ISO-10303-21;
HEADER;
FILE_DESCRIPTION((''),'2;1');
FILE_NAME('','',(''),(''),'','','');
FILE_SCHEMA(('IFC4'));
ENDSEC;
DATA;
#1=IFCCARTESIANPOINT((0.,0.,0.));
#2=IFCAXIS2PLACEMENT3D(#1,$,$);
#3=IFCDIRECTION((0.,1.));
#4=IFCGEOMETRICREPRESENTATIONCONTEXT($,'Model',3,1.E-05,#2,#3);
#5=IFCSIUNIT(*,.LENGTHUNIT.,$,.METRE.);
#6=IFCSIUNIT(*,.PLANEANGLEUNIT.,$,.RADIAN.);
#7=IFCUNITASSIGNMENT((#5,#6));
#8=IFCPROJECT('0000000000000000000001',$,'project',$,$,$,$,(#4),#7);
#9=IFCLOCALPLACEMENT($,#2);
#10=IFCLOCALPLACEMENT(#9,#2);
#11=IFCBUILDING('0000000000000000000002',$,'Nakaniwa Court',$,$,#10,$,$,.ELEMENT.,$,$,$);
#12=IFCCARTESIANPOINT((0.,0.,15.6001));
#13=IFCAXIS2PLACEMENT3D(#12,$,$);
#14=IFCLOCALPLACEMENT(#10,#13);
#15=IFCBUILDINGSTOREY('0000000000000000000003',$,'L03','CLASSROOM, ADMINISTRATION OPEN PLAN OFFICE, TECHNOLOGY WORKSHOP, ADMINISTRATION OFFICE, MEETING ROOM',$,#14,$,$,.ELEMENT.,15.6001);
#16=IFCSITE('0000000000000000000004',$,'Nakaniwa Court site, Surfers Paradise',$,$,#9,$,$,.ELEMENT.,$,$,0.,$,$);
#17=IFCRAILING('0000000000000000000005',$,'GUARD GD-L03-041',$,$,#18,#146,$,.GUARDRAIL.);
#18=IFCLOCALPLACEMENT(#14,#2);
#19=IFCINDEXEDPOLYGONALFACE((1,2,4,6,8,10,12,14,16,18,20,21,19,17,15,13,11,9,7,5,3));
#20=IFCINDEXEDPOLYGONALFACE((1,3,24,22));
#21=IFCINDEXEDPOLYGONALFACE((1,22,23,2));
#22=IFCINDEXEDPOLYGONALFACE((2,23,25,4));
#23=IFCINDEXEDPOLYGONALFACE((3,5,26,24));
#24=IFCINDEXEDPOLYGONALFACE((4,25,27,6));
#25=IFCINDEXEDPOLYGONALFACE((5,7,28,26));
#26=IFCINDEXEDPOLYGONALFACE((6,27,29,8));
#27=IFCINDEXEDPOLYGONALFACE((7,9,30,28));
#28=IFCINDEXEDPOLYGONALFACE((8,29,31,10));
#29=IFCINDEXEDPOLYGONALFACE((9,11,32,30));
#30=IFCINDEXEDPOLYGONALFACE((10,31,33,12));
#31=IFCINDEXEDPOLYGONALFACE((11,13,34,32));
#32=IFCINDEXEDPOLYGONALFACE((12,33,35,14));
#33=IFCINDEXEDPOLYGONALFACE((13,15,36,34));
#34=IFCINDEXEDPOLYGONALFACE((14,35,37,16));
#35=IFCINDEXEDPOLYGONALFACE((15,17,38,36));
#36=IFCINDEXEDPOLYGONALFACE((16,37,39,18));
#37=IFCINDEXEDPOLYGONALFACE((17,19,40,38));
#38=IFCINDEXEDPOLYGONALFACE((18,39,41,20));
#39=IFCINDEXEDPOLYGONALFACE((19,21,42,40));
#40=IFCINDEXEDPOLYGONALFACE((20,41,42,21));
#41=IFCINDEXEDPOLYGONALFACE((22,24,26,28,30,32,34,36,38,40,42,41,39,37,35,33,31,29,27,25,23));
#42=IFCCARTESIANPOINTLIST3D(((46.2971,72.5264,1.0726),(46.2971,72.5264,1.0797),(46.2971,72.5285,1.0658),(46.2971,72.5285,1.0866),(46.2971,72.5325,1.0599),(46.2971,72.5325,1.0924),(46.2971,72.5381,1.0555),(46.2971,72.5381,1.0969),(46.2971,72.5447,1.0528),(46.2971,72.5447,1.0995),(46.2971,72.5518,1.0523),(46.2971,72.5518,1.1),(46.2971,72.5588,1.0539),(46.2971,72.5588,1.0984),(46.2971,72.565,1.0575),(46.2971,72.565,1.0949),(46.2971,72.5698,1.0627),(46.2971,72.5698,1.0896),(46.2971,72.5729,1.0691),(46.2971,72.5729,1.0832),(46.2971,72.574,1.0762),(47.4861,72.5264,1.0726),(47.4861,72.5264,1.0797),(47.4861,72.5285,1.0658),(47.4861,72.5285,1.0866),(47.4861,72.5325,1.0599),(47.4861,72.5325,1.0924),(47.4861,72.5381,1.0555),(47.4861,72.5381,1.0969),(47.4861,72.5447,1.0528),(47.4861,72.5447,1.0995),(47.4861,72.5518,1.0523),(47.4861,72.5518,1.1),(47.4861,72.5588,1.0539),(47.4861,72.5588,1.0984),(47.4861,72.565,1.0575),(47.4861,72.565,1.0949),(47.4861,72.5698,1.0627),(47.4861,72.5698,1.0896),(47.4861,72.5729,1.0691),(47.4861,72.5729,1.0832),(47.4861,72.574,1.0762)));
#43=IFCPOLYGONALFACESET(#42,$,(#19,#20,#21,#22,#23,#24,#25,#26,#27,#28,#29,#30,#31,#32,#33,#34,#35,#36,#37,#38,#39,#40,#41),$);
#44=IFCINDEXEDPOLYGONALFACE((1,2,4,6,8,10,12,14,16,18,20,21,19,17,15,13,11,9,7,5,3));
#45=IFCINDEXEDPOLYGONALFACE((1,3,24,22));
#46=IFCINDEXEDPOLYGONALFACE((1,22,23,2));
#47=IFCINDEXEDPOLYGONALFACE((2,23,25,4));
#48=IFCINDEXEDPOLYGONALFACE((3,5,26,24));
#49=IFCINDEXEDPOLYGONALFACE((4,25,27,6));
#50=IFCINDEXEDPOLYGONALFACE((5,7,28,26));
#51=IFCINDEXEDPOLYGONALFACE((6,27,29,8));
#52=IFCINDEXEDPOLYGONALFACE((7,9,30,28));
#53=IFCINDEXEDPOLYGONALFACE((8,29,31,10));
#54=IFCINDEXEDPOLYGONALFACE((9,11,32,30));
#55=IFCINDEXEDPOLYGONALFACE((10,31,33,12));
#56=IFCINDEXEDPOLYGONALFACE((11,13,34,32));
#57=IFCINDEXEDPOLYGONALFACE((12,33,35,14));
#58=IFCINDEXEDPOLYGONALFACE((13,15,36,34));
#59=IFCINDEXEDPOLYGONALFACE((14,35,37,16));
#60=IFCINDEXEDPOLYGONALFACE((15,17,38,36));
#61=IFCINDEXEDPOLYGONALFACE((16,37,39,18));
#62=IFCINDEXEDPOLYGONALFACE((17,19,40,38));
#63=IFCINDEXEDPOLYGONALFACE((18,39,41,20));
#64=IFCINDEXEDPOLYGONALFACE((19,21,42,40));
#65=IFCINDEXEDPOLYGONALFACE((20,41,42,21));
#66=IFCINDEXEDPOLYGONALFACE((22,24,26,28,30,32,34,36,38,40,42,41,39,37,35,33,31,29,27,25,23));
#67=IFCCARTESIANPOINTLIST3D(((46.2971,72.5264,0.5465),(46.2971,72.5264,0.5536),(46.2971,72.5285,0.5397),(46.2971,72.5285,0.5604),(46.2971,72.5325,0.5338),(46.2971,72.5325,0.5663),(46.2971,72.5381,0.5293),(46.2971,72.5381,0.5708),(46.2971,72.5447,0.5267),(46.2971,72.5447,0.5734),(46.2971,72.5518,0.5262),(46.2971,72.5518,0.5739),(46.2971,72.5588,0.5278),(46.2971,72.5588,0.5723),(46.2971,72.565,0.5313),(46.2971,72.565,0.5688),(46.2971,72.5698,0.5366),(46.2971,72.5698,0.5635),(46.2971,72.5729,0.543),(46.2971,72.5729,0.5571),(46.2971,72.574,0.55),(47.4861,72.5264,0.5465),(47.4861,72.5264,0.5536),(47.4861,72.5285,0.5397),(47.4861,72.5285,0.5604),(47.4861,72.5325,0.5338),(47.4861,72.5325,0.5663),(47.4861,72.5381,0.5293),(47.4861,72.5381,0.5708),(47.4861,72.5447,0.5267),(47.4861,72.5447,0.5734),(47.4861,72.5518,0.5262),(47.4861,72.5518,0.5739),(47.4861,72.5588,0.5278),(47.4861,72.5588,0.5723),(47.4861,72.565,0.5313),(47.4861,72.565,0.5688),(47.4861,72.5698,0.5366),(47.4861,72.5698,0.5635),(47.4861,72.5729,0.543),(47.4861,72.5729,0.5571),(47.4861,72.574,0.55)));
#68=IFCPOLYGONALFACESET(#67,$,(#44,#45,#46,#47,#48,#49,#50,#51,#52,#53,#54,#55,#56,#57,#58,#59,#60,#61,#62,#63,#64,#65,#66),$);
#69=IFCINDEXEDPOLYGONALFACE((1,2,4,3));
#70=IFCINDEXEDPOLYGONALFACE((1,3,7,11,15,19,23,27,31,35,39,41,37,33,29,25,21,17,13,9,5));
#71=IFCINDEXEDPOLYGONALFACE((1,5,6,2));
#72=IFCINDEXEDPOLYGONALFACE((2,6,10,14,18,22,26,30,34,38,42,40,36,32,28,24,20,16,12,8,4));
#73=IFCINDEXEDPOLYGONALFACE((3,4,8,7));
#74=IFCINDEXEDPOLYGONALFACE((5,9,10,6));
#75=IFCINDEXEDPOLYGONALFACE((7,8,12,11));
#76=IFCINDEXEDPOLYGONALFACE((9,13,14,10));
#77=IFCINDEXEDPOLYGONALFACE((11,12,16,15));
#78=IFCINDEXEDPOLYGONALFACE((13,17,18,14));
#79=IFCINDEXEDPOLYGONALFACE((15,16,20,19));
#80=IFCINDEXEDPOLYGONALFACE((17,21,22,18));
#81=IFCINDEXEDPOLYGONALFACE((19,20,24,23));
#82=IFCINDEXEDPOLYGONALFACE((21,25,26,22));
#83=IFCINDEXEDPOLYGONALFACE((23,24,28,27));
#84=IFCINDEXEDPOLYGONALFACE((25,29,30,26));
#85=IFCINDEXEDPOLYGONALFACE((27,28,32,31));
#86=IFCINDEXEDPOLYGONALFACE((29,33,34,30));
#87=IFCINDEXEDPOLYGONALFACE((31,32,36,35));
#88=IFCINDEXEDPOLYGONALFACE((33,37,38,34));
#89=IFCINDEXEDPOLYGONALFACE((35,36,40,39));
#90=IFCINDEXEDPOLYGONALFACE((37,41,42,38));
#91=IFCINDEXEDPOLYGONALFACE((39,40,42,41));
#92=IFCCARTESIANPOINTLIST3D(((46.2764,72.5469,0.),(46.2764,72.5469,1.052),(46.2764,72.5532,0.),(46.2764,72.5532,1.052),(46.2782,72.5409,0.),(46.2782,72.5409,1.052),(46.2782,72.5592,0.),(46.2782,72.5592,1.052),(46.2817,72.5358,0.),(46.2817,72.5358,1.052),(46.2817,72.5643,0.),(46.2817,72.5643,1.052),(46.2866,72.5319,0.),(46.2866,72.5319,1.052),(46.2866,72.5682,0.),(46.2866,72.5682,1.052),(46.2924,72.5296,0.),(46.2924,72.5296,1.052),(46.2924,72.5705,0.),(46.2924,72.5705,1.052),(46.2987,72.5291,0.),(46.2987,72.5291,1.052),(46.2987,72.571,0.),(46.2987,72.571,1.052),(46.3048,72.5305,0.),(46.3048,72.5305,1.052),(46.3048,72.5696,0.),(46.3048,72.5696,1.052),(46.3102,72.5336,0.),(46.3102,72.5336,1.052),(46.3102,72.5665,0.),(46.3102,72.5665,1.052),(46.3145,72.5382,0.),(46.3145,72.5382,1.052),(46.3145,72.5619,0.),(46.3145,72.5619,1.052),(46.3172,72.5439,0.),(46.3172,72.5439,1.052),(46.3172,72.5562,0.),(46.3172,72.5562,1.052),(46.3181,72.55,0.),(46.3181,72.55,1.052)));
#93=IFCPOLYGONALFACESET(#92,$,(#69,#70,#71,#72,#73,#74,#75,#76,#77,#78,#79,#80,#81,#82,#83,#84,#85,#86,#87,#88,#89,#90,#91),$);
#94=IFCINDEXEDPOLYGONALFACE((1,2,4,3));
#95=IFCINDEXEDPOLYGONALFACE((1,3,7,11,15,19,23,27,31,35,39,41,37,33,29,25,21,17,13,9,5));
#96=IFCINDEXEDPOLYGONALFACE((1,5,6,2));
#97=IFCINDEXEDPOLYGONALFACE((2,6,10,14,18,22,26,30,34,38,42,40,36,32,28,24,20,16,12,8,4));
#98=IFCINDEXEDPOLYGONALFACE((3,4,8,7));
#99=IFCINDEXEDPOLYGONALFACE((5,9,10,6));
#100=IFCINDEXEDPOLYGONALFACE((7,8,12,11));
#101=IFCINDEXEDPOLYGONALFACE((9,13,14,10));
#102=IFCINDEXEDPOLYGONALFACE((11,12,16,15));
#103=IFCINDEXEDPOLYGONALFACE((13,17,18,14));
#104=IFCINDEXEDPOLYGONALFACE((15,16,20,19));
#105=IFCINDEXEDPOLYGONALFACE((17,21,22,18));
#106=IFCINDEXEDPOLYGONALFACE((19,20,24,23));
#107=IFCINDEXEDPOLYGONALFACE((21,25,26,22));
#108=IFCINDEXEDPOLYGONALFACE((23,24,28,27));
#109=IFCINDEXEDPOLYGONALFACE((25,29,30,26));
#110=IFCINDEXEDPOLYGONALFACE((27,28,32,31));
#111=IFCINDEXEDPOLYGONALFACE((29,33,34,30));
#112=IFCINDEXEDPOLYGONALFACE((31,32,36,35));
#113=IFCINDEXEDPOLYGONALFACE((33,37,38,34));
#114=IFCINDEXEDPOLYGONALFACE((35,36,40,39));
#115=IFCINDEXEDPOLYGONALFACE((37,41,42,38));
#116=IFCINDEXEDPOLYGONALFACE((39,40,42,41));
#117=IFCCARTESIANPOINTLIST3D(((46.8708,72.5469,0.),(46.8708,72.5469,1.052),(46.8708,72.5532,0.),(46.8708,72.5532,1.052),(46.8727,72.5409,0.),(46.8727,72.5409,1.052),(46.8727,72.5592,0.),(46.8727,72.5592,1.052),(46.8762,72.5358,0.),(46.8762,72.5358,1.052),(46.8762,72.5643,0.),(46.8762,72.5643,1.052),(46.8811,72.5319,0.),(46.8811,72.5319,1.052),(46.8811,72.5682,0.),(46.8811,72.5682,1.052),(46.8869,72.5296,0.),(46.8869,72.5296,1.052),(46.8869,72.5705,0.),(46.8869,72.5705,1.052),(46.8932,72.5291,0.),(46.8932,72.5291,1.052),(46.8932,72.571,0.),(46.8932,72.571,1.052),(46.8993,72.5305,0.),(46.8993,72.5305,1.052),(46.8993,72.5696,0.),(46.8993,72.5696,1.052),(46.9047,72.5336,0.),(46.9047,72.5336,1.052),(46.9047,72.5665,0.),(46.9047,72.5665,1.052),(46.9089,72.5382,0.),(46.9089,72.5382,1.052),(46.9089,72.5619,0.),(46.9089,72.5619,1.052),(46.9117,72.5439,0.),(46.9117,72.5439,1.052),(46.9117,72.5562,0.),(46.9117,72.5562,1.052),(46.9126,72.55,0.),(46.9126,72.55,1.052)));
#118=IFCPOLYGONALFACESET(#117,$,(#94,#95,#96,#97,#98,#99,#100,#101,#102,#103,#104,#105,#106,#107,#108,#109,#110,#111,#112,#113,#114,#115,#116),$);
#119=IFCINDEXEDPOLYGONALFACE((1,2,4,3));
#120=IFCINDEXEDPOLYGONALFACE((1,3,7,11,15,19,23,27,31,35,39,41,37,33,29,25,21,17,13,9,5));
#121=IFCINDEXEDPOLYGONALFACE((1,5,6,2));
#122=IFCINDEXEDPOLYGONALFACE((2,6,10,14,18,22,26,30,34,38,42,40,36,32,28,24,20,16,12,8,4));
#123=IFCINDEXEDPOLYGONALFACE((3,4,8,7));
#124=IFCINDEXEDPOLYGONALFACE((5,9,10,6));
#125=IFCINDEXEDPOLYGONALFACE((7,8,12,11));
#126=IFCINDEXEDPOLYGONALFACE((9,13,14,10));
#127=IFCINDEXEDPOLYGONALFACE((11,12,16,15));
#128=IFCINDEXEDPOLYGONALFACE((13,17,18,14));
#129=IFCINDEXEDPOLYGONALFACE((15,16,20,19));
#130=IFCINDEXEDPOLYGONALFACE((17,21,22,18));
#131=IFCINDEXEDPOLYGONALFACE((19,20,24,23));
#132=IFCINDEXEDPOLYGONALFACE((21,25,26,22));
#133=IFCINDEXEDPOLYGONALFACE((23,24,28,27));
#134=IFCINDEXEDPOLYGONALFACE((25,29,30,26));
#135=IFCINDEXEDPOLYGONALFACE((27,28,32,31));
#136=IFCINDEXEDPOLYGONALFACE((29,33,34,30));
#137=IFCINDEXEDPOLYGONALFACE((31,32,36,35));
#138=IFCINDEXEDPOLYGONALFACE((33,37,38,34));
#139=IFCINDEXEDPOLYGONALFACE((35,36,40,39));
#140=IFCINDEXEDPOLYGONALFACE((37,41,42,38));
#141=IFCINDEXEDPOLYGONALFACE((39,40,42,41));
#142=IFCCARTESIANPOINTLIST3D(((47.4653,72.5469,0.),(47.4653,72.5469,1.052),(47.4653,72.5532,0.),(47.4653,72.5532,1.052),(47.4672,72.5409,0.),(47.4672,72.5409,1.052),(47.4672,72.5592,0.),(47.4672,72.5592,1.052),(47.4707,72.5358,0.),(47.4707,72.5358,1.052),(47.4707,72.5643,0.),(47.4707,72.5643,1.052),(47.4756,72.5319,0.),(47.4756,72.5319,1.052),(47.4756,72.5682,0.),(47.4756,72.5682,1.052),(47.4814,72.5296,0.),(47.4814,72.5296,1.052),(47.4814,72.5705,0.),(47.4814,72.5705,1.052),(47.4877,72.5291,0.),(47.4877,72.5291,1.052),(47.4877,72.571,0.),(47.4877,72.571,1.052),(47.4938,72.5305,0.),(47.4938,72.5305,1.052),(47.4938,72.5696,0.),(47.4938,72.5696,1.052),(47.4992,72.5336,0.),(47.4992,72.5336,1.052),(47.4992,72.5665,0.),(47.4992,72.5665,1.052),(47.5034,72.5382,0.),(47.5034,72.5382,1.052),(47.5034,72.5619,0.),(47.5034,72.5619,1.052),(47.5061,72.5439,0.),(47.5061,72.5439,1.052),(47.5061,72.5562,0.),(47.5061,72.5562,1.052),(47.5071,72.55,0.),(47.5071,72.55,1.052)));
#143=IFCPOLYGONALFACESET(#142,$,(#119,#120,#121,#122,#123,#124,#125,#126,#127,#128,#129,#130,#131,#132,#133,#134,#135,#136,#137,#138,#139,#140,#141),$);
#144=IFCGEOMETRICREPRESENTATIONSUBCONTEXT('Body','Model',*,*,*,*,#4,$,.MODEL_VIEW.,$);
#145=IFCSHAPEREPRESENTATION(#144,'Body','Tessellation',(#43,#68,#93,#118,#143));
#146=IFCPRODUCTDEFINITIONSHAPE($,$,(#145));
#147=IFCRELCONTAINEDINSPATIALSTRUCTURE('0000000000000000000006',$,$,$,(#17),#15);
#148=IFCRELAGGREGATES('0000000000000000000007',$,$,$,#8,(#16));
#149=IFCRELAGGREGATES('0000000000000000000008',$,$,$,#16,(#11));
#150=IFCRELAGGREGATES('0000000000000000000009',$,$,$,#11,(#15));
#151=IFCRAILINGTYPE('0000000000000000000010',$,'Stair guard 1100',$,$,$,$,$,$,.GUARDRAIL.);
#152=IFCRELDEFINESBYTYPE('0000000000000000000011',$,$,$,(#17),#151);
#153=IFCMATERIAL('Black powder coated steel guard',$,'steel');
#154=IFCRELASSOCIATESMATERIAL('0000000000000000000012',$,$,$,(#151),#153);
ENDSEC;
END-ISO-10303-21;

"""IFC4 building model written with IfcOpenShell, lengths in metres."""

from ifc_helpers import new_model, si_unit, direction, frame, origin, origin_2d, place, context, subcontext, project, spatial, circle, extrude, material, type_object, element, save


model = new_model("IFC4")

# Units and contexts
model_context = context("Model", 3, precision=1e-05, world=origin(), true_north=direction((0.0, 1.0)))
body_context = subcontext(model_context, "Body", "Model", "MODEL_VIEW")
ifc_project = project(units=[si_unit("LENGTHUNIT", "METRE"), si_unit("PLANEANGLEUNIT", "RADIAN")], contexts=[model_context])

# Site, building, storey
site_placement = place(None, origin())
site = spatial("IfcSite", under=ifc_project, at=site_placement, Name="Nakaniwa Court site, Surfers Paradise", CompositionType="ELEMENT", RefElevation=0.0)
building_placement = place(site_placement, origin())
building = spatial("IfcBuilding", under=site, at=building_placement, Name="Nakaniwa Court", CompositionType="ELEMENT")
storey_placement = place(building_placement, frame((0.0, 0.0, 15.6001)))
storey = spatial("IfcBuildingStorey", under=building, at=storey_placement, Name="L03", Description="CLASSROOM, ADMINISTRATION OPEN PLAN OFFICE, TECHNOLOGY WORKSHOP, ADMINISTRATION OFFICE, MEETING ROOM", CompositionType="ELEMENT", Elevation=15.6001)

# Railing
ifc_material_1 = material(Name="Black powder coated steel guard", Category="steel")
railing_type_1 = type_object("IfcRailingType", Name="Stair guard 1100", PredefinedType="GUARDRAIL", material=ifc_material_1)
railing_1_placement = place(storey_placement, frame((46.2971, 72.55, 0.0)))
element("IfcRailing", 1, at=railing_1_placement, inside=storey, type_object=railing_type_1, Name="GUARD GD-L03-041", PredefinedType="GUARDRAIL", context=body_context, shape_type="SweptSolid", body=[
    extrude(circle(Radius=0.0239, at=origin_2d()), frame((0.0, 0.0, 1.0762), z_axis=(1.0, 0.0, 0.0), x_axis=(0.0, 1.0, 0.0)), (0.0, 0.0, 1.0), 1.189),
    extrude(circle(Radius=0.0239, at=origin_2d()), frame((0.0, 0.0, 0.55), z_axis=(1.0, 0.0, 0.0), x_axis=(0.0, 1.0, 0.0)), (0.0, 0.0, 1.0), 1.189),
    extrude(circle(Radius=0.021, at=origin_2d()), origin(), (0.0, 0.0, 1.0), 1.052),
    extrude(circle(Radius=0.021, at=origin_2d()), frame((0.5945, 0.0, 0.0)), (0.0, 0.0, 1.0), 1.052),
    extrude(circle(Radius=0.021, at=origin_2d()), frame((1.189, 0.0, 0.0)), (0.0, 0.0, 1.0), 1.052),
])

save(model, "model.ifc")
